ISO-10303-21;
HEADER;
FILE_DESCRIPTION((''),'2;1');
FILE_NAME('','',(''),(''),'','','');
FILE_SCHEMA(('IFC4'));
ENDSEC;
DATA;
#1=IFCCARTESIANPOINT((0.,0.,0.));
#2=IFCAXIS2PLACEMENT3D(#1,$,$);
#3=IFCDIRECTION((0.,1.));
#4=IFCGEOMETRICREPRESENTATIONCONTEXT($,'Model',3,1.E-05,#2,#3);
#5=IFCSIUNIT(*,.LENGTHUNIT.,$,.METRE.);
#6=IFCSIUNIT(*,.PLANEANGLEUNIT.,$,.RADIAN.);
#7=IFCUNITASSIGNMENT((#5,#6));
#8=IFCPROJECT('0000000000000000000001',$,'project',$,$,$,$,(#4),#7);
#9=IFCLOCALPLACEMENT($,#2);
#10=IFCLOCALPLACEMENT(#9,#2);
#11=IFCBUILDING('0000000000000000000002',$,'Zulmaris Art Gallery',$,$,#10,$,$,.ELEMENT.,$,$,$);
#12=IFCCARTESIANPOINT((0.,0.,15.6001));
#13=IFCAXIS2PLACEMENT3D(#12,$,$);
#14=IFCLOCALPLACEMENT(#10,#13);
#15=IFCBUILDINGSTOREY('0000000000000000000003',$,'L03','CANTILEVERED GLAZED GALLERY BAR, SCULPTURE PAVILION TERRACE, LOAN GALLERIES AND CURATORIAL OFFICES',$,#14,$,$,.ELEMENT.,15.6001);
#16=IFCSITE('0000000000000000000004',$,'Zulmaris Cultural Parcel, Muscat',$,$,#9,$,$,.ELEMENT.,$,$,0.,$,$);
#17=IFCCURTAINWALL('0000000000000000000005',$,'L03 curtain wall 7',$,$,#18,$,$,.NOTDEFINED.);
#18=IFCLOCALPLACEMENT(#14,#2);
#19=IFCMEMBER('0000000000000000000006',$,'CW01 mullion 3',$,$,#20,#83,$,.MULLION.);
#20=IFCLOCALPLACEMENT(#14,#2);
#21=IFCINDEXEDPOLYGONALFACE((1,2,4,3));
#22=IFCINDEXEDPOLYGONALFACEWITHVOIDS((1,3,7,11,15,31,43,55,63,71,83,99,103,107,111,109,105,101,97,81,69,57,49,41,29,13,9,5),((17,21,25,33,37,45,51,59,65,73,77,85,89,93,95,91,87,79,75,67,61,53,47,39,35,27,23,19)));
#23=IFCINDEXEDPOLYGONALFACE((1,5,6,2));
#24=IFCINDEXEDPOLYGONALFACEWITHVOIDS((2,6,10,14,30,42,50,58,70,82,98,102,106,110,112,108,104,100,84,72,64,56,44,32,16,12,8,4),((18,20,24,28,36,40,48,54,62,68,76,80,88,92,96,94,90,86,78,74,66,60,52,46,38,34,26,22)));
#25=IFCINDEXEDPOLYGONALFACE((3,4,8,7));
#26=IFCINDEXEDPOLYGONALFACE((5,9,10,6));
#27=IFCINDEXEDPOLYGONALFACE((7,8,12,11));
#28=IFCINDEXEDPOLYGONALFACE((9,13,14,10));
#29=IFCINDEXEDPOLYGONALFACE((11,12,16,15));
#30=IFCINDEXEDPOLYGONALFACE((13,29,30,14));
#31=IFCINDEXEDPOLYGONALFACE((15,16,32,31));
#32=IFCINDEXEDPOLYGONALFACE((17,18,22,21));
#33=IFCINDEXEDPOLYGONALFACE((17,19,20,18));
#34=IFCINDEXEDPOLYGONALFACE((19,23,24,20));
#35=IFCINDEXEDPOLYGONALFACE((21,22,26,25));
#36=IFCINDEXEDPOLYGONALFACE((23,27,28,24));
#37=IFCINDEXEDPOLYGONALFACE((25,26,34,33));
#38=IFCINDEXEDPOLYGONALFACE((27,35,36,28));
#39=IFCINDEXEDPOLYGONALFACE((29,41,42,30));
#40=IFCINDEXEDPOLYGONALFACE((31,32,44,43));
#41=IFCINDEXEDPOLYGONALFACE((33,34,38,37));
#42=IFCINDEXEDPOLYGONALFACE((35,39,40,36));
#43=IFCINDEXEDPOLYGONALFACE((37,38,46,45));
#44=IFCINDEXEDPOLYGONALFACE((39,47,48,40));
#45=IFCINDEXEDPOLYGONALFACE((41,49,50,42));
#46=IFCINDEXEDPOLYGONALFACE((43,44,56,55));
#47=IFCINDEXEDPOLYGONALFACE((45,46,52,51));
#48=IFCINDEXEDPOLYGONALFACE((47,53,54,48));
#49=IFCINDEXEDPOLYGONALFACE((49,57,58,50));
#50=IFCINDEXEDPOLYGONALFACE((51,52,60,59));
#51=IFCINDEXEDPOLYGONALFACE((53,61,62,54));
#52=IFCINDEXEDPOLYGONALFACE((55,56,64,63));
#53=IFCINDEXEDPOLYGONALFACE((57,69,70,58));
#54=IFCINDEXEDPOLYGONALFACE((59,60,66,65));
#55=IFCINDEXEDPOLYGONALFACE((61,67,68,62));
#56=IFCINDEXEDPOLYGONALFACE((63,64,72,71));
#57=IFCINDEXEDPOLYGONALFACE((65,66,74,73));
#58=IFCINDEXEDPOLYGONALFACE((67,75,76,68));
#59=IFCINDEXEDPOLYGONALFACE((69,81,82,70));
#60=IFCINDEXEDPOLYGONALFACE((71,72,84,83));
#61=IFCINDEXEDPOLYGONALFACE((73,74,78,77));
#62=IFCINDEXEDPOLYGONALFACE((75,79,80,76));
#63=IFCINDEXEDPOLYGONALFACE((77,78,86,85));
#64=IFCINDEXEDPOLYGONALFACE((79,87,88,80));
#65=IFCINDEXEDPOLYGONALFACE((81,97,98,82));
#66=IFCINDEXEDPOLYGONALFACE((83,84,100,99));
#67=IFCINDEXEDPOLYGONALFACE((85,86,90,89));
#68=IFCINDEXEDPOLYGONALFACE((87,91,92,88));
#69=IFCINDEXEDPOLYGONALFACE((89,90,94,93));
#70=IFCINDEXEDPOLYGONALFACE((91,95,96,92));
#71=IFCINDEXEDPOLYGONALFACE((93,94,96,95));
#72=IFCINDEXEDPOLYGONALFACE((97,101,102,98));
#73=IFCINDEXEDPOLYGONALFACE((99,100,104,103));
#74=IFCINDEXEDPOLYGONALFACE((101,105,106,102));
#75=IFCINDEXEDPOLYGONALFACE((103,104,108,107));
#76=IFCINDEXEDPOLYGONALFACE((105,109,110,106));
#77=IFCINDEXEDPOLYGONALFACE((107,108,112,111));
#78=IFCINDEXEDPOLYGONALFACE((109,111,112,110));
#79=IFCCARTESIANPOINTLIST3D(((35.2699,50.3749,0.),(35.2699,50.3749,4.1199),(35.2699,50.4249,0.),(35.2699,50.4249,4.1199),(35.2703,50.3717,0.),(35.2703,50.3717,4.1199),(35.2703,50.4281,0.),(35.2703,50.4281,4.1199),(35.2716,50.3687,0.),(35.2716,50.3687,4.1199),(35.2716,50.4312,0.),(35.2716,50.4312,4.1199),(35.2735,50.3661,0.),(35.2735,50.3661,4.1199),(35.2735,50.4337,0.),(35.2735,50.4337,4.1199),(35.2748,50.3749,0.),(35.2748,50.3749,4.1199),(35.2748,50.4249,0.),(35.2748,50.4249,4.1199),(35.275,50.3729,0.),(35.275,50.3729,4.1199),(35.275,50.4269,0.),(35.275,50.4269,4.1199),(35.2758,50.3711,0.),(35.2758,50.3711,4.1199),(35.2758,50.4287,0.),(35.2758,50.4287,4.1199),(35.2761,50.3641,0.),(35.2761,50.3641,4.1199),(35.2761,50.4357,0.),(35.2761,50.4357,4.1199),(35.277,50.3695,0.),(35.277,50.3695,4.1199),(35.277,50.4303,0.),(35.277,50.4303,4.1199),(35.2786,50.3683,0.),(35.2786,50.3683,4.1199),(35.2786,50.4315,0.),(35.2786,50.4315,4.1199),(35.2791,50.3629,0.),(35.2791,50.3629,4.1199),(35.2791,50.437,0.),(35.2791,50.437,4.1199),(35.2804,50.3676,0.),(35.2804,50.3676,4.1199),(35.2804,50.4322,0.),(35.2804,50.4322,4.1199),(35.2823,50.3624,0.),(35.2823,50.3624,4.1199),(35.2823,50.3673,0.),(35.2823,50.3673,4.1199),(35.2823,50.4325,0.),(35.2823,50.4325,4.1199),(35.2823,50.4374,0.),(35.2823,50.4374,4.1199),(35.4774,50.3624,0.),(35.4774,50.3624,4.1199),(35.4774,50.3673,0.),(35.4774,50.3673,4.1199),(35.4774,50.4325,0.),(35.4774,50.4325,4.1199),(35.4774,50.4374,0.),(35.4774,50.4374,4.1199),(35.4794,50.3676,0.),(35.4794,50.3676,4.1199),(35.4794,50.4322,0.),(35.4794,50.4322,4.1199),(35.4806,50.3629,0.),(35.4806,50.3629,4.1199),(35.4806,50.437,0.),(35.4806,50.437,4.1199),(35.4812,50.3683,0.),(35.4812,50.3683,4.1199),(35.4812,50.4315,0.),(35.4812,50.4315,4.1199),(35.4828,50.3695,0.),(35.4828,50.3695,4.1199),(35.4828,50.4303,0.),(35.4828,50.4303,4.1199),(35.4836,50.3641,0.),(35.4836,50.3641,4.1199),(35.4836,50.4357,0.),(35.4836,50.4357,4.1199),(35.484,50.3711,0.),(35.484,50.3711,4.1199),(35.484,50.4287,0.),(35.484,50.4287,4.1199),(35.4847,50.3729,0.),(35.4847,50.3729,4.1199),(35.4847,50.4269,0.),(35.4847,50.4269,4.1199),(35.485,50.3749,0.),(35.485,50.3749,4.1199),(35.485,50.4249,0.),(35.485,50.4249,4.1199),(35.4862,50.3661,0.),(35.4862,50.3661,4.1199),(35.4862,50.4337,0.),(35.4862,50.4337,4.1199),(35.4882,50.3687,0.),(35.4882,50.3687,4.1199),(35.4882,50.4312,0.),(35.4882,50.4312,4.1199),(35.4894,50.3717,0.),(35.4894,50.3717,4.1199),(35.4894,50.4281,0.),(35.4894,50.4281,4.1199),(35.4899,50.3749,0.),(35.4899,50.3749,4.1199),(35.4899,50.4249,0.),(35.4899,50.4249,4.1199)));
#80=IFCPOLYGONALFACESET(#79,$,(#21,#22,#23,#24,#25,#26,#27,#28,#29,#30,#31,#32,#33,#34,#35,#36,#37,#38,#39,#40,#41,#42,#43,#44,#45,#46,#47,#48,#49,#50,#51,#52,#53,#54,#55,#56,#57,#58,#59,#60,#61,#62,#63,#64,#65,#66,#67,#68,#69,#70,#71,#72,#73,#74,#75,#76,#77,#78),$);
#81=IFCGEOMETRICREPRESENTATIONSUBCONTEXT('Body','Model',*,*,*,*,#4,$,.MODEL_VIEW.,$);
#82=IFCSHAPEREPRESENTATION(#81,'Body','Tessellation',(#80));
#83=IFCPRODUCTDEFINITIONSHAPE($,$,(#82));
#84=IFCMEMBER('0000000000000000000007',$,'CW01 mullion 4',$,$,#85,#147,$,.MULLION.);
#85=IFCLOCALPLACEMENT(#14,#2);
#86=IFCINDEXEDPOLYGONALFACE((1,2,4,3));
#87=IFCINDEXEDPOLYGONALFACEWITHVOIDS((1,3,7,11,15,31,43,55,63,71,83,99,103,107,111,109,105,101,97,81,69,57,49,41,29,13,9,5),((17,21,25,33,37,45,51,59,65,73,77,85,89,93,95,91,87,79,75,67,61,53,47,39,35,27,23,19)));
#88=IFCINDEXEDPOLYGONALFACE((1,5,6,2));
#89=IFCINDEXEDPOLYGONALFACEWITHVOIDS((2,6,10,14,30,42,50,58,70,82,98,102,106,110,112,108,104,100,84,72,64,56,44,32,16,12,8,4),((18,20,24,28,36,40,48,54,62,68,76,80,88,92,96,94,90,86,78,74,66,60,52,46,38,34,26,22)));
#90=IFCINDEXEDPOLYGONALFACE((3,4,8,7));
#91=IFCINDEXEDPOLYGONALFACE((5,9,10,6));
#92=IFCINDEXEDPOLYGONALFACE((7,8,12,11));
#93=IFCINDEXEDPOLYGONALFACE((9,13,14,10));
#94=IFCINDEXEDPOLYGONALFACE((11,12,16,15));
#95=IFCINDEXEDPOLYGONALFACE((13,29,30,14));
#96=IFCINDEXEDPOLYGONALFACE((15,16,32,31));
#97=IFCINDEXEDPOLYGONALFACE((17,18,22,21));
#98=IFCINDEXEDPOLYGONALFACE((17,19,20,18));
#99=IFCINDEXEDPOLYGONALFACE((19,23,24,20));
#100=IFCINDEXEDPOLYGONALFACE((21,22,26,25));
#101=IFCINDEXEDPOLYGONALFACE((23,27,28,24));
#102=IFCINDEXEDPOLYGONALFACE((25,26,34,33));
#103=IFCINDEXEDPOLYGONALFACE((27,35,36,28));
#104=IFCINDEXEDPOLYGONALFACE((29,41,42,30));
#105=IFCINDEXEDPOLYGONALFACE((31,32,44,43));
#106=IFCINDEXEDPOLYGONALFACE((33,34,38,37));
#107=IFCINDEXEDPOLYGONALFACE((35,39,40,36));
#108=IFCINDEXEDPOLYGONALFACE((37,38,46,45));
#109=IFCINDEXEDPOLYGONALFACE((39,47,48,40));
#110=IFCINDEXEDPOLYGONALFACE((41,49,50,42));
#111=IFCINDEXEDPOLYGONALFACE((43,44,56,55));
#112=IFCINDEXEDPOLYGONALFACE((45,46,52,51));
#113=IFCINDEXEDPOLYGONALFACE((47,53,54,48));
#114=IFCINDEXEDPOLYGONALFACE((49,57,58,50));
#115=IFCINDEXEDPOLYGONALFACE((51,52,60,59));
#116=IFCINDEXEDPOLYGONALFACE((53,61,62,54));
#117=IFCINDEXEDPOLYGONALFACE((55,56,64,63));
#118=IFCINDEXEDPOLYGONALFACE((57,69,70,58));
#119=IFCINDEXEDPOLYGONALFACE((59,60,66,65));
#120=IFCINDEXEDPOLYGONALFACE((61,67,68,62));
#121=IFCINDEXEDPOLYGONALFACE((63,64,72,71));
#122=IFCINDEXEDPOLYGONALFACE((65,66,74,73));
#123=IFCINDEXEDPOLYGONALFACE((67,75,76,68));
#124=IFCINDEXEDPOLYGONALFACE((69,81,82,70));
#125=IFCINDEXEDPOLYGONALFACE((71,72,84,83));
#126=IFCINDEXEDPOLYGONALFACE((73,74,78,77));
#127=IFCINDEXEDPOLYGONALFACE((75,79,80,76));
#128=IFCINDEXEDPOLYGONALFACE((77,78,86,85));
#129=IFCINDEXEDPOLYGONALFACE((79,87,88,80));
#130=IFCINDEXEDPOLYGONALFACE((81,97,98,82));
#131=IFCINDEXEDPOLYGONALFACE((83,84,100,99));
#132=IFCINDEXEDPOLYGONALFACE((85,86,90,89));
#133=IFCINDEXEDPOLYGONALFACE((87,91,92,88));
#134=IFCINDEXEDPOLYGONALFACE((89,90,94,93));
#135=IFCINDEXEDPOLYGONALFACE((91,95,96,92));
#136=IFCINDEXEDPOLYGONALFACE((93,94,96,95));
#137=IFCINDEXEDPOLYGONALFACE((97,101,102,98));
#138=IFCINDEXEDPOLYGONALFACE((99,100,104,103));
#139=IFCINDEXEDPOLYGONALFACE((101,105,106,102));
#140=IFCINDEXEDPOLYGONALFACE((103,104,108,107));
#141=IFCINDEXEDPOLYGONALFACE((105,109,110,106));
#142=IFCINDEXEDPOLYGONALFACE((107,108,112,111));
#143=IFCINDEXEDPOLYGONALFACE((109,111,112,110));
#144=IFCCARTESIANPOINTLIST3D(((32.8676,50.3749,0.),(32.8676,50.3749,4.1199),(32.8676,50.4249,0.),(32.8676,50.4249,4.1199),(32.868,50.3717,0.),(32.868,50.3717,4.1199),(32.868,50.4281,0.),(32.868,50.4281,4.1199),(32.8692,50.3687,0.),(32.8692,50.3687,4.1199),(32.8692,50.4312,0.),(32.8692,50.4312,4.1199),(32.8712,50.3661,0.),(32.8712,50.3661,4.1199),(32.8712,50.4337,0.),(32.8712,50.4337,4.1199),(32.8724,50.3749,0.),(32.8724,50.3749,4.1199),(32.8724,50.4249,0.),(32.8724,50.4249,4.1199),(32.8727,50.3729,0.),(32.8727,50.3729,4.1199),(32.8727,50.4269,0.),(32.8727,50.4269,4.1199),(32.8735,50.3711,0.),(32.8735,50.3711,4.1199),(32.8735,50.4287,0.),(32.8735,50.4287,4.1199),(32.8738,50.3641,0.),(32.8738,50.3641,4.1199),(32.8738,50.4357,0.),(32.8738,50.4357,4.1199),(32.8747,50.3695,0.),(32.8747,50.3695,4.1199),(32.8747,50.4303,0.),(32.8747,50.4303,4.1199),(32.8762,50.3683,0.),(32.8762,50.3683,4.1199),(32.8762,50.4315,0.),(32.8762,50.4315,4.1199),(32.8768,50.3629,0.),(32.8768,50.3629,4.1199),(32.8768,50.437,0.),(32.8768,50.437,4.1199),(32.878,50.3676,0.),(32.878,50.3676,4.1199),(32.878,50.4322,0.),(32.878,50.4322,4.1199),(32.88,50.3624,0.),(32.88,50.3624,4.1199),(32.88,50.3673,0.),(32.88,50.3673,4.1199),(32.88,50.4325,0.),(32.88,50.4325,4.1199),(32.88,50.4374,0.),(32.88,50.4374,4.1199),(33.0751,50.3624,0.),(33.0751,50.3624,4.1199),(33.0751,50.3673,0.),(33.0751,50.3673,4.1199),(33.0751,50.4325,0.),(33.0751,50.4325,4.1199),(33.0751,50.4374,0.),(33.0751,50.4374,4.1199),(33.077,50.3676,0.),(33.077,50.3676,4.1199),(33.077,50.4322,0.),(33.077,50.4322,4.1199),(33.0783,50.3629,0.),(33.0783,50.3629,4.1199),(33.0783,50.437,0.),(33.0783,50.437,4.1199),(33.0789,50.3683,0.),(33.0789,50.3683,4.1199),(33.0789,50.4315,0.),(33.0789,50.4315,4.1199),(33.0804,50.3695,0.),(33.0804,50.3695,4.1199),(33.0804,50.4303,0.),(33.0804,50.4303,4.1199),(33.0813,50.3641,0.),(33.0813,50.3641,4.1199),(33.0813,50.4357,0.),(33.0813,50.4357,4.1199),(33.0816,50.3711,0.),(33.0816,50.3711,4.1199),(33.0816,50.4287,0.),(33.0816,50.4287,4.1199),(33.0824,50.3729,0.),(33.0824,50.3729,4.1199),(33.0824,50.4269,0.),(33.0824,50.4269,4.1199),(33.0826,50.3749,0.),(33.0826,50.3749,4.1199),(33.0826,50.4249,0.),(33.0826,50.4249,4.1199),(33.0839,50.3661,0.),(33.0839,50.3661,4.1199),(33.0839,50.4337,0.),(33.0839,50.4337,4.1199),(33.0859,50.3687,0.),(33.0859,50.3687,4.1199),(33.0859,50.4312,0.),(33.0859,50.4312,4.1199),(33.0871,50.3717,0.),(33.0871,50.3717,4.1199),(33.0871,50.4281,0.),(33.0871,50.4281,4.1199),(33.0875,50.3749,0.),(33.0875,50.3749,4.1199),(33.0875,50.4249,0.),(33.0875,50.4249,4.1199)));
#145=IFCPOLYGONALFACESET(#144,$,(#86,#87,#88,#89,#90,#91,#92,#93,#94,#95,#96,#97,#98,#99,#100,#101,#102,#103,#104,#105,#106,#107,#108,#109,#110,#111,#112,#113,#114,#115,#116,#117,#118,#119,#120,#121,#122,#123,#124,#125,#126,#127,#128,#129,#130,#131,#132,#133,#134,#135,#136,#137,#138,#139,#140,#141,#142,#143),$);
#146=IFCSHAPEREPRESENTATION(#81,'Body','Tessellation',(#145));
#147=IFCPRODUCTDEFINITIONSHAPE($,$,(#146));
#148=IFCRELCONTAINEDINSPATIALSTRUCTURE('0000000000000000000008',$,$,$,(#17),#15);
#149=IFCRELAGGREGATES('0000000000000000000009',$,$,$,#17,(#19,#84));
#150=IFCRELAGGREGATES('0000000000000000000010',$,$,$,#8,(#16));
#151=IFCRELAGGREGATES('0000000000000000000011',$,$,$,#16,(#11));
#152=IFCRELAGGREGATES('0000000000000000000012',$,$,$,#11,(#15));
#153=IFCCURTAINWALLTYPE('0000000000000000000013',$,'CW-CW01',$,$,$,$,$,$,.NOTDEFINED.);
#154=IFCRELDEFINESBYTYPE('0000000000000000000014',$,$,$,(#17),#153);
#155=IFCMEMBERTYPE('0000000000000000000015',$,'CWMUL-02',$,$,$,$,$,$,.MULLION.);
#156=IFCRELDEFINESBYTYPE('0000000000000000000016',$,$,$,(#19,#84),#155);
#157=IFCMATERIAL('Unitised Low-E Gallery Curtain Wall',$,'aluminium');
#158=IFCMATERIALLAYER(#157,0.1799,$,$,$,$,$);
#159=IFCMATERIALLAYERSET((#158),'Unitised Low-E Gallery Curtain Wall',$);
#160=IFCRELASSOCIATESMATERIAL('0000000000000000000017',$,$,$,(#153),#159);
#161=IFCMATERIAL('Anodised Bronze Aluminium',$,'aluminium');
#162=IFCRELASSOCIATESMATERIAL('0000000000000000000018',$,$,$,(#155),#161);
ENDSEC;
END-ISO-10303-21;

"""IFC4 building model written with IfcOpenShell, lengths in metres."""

from ifc_helpers import new_model, si_unit, direction, frame, origin, origin_2d, place, context, subcontext, project, spatial, hollow_rectangle, extrude, material, layer, layer_set, material_profile, profile_set, type_object, element, aggregate, save


model = new_model("IFC4")

# Units and contexts
model_context = context("Model", 3, precision=1e-05, world=origin(), true_north=direction((0.0, 1.0)))
body_context = subcontext(model_context, "Body", "Model", "MODEL_VIEW")
ifc_project = project(units=[si_unit("LENGTHUNIT", "METRE"), si_unit("PLANEANGLEUNIT", "RADIAN")], contexts=[model_context])

# Site, building, storey
site_placement = place(None, origin())
site = spatial("IfcSite", under=ifc_project, at=site_placement, Name="Zulmaris Cultural Parcel, Muscat", CompositionType="ELEMENT", RefElevation=0.0)
building_placement = place(site_placement, origin())
building = spatial("IfcBuilding", under=site, at=building_placement, Name="Zulmaris Art Gallery", CompositionType="ELEMENT")
storey_placement = place(building_placement, frame((0.0, 0.0, 15.6001)))
storey = spatial("IfcBuildingStorey", under=building, at=storey_placement, Name="L03", Description="CANTILEVERED GLAZED GALLERY BAR, SCULPTURE PAVILION TERRACE, LOAN GALLERIES AND CURATORIAL OFFICES", CompositionType="ELEMENT", Elevation=15.6001)

# Curtain wall, members
ifc_material_1 = material(Name="Unitised Low-E Gallery Curtain Wall", Category="aluminium")
ifc_layer_1 = layer(ifc_material_1, 0.1799)
ifc_layer_set_1 = layer_set([ifc_layer_1], Name="Unitised Low-E Gallery Curtain Wall")
curtain_wall_type = type_object("IfcCurtainWallType", Name="CW-CW01", PredefinedType="NOTDEFINED", material=ifc_layer_set_1)
ifc_material_2 = material(Name="Anodised Bronze Aluminium", Category="aluminium")
ifc_material_profile_1 = material_profile(ifc_material_2, hollow_rectangle(XDim=0.075, YDim=0.22, WallThickness=0.0049, InnerFilletRadius=0.0076, OuterFilletRadius=0.0125, at=origin_2d()), Name="ALU 75x220x5")
ifc_profile_set_1 = profile_set([ifc_material_profile_1], Name="Anodised Bronze Aluminium")
member_type_1 = type_object("IfcMemberType", Name="CWMUL-02", PredefinedType="MULLION", material=ifc_profile_set_1)
curtain_wall_1_placement = place(storey_placement, origin())
curtain_wall_1 = element("IfcCurtainWall", 1, at=curtain_wall_1_placement, inside=storey, type_object=curtain_wall_type, Name="L03 curtain wall 7", PredefinedType="NOTDEFINED")
member_1_placement = place(storey_placement, frame((35.3799, 50.3999, 0.0), z_axis=(0.0, 0.0, 1.0), x_axis=(0.0, -1.0, 0.0)))
member_1 = element("IfcMember", 2, at=member_1_placement, type_object=member_type_1, Name="CW01 mullion 3", PredefinedType="MULLION", context=body_context, shape_type="SweptSolid", body=[
    extrude(hollow_rectangle(XDim=0.075, YDim=0.22, WallThickness=0.0049, InnerFilletRadius=0.0076, OuterFilletRadius=0.0125, at=origin_2d()), origin(), (0.0, 0.0, 1.0), 4.1199),
])
member_2_placement = place(storey_placement, frame((32.9775, 50.3999, 0.0), z_axis=(0.0, 0.0, 1.0), x_axis=(0.0, -1.0, 0.0)))
member_2 = element("IfcMember", 3, at=member_2_placement, type_object=member_type_1, Name="CW01 mullion 4", PredefinedType="MULLION", context=body_context, shape_type="SweptSolid", body=[
    extrude(hollow_rectangle(XDim=0.075, YDim=0.22, WallThickness=0.0049, InnerFilletRadius=0.0076, OuterFilletRadius=0.0125, at=origin_2d()), origin(), (0.0, 0.0, 1.0), 4.1199),
])

aggregate(curtain_wall_1, [member_1, member_2])

save(model, "model.ifc")
